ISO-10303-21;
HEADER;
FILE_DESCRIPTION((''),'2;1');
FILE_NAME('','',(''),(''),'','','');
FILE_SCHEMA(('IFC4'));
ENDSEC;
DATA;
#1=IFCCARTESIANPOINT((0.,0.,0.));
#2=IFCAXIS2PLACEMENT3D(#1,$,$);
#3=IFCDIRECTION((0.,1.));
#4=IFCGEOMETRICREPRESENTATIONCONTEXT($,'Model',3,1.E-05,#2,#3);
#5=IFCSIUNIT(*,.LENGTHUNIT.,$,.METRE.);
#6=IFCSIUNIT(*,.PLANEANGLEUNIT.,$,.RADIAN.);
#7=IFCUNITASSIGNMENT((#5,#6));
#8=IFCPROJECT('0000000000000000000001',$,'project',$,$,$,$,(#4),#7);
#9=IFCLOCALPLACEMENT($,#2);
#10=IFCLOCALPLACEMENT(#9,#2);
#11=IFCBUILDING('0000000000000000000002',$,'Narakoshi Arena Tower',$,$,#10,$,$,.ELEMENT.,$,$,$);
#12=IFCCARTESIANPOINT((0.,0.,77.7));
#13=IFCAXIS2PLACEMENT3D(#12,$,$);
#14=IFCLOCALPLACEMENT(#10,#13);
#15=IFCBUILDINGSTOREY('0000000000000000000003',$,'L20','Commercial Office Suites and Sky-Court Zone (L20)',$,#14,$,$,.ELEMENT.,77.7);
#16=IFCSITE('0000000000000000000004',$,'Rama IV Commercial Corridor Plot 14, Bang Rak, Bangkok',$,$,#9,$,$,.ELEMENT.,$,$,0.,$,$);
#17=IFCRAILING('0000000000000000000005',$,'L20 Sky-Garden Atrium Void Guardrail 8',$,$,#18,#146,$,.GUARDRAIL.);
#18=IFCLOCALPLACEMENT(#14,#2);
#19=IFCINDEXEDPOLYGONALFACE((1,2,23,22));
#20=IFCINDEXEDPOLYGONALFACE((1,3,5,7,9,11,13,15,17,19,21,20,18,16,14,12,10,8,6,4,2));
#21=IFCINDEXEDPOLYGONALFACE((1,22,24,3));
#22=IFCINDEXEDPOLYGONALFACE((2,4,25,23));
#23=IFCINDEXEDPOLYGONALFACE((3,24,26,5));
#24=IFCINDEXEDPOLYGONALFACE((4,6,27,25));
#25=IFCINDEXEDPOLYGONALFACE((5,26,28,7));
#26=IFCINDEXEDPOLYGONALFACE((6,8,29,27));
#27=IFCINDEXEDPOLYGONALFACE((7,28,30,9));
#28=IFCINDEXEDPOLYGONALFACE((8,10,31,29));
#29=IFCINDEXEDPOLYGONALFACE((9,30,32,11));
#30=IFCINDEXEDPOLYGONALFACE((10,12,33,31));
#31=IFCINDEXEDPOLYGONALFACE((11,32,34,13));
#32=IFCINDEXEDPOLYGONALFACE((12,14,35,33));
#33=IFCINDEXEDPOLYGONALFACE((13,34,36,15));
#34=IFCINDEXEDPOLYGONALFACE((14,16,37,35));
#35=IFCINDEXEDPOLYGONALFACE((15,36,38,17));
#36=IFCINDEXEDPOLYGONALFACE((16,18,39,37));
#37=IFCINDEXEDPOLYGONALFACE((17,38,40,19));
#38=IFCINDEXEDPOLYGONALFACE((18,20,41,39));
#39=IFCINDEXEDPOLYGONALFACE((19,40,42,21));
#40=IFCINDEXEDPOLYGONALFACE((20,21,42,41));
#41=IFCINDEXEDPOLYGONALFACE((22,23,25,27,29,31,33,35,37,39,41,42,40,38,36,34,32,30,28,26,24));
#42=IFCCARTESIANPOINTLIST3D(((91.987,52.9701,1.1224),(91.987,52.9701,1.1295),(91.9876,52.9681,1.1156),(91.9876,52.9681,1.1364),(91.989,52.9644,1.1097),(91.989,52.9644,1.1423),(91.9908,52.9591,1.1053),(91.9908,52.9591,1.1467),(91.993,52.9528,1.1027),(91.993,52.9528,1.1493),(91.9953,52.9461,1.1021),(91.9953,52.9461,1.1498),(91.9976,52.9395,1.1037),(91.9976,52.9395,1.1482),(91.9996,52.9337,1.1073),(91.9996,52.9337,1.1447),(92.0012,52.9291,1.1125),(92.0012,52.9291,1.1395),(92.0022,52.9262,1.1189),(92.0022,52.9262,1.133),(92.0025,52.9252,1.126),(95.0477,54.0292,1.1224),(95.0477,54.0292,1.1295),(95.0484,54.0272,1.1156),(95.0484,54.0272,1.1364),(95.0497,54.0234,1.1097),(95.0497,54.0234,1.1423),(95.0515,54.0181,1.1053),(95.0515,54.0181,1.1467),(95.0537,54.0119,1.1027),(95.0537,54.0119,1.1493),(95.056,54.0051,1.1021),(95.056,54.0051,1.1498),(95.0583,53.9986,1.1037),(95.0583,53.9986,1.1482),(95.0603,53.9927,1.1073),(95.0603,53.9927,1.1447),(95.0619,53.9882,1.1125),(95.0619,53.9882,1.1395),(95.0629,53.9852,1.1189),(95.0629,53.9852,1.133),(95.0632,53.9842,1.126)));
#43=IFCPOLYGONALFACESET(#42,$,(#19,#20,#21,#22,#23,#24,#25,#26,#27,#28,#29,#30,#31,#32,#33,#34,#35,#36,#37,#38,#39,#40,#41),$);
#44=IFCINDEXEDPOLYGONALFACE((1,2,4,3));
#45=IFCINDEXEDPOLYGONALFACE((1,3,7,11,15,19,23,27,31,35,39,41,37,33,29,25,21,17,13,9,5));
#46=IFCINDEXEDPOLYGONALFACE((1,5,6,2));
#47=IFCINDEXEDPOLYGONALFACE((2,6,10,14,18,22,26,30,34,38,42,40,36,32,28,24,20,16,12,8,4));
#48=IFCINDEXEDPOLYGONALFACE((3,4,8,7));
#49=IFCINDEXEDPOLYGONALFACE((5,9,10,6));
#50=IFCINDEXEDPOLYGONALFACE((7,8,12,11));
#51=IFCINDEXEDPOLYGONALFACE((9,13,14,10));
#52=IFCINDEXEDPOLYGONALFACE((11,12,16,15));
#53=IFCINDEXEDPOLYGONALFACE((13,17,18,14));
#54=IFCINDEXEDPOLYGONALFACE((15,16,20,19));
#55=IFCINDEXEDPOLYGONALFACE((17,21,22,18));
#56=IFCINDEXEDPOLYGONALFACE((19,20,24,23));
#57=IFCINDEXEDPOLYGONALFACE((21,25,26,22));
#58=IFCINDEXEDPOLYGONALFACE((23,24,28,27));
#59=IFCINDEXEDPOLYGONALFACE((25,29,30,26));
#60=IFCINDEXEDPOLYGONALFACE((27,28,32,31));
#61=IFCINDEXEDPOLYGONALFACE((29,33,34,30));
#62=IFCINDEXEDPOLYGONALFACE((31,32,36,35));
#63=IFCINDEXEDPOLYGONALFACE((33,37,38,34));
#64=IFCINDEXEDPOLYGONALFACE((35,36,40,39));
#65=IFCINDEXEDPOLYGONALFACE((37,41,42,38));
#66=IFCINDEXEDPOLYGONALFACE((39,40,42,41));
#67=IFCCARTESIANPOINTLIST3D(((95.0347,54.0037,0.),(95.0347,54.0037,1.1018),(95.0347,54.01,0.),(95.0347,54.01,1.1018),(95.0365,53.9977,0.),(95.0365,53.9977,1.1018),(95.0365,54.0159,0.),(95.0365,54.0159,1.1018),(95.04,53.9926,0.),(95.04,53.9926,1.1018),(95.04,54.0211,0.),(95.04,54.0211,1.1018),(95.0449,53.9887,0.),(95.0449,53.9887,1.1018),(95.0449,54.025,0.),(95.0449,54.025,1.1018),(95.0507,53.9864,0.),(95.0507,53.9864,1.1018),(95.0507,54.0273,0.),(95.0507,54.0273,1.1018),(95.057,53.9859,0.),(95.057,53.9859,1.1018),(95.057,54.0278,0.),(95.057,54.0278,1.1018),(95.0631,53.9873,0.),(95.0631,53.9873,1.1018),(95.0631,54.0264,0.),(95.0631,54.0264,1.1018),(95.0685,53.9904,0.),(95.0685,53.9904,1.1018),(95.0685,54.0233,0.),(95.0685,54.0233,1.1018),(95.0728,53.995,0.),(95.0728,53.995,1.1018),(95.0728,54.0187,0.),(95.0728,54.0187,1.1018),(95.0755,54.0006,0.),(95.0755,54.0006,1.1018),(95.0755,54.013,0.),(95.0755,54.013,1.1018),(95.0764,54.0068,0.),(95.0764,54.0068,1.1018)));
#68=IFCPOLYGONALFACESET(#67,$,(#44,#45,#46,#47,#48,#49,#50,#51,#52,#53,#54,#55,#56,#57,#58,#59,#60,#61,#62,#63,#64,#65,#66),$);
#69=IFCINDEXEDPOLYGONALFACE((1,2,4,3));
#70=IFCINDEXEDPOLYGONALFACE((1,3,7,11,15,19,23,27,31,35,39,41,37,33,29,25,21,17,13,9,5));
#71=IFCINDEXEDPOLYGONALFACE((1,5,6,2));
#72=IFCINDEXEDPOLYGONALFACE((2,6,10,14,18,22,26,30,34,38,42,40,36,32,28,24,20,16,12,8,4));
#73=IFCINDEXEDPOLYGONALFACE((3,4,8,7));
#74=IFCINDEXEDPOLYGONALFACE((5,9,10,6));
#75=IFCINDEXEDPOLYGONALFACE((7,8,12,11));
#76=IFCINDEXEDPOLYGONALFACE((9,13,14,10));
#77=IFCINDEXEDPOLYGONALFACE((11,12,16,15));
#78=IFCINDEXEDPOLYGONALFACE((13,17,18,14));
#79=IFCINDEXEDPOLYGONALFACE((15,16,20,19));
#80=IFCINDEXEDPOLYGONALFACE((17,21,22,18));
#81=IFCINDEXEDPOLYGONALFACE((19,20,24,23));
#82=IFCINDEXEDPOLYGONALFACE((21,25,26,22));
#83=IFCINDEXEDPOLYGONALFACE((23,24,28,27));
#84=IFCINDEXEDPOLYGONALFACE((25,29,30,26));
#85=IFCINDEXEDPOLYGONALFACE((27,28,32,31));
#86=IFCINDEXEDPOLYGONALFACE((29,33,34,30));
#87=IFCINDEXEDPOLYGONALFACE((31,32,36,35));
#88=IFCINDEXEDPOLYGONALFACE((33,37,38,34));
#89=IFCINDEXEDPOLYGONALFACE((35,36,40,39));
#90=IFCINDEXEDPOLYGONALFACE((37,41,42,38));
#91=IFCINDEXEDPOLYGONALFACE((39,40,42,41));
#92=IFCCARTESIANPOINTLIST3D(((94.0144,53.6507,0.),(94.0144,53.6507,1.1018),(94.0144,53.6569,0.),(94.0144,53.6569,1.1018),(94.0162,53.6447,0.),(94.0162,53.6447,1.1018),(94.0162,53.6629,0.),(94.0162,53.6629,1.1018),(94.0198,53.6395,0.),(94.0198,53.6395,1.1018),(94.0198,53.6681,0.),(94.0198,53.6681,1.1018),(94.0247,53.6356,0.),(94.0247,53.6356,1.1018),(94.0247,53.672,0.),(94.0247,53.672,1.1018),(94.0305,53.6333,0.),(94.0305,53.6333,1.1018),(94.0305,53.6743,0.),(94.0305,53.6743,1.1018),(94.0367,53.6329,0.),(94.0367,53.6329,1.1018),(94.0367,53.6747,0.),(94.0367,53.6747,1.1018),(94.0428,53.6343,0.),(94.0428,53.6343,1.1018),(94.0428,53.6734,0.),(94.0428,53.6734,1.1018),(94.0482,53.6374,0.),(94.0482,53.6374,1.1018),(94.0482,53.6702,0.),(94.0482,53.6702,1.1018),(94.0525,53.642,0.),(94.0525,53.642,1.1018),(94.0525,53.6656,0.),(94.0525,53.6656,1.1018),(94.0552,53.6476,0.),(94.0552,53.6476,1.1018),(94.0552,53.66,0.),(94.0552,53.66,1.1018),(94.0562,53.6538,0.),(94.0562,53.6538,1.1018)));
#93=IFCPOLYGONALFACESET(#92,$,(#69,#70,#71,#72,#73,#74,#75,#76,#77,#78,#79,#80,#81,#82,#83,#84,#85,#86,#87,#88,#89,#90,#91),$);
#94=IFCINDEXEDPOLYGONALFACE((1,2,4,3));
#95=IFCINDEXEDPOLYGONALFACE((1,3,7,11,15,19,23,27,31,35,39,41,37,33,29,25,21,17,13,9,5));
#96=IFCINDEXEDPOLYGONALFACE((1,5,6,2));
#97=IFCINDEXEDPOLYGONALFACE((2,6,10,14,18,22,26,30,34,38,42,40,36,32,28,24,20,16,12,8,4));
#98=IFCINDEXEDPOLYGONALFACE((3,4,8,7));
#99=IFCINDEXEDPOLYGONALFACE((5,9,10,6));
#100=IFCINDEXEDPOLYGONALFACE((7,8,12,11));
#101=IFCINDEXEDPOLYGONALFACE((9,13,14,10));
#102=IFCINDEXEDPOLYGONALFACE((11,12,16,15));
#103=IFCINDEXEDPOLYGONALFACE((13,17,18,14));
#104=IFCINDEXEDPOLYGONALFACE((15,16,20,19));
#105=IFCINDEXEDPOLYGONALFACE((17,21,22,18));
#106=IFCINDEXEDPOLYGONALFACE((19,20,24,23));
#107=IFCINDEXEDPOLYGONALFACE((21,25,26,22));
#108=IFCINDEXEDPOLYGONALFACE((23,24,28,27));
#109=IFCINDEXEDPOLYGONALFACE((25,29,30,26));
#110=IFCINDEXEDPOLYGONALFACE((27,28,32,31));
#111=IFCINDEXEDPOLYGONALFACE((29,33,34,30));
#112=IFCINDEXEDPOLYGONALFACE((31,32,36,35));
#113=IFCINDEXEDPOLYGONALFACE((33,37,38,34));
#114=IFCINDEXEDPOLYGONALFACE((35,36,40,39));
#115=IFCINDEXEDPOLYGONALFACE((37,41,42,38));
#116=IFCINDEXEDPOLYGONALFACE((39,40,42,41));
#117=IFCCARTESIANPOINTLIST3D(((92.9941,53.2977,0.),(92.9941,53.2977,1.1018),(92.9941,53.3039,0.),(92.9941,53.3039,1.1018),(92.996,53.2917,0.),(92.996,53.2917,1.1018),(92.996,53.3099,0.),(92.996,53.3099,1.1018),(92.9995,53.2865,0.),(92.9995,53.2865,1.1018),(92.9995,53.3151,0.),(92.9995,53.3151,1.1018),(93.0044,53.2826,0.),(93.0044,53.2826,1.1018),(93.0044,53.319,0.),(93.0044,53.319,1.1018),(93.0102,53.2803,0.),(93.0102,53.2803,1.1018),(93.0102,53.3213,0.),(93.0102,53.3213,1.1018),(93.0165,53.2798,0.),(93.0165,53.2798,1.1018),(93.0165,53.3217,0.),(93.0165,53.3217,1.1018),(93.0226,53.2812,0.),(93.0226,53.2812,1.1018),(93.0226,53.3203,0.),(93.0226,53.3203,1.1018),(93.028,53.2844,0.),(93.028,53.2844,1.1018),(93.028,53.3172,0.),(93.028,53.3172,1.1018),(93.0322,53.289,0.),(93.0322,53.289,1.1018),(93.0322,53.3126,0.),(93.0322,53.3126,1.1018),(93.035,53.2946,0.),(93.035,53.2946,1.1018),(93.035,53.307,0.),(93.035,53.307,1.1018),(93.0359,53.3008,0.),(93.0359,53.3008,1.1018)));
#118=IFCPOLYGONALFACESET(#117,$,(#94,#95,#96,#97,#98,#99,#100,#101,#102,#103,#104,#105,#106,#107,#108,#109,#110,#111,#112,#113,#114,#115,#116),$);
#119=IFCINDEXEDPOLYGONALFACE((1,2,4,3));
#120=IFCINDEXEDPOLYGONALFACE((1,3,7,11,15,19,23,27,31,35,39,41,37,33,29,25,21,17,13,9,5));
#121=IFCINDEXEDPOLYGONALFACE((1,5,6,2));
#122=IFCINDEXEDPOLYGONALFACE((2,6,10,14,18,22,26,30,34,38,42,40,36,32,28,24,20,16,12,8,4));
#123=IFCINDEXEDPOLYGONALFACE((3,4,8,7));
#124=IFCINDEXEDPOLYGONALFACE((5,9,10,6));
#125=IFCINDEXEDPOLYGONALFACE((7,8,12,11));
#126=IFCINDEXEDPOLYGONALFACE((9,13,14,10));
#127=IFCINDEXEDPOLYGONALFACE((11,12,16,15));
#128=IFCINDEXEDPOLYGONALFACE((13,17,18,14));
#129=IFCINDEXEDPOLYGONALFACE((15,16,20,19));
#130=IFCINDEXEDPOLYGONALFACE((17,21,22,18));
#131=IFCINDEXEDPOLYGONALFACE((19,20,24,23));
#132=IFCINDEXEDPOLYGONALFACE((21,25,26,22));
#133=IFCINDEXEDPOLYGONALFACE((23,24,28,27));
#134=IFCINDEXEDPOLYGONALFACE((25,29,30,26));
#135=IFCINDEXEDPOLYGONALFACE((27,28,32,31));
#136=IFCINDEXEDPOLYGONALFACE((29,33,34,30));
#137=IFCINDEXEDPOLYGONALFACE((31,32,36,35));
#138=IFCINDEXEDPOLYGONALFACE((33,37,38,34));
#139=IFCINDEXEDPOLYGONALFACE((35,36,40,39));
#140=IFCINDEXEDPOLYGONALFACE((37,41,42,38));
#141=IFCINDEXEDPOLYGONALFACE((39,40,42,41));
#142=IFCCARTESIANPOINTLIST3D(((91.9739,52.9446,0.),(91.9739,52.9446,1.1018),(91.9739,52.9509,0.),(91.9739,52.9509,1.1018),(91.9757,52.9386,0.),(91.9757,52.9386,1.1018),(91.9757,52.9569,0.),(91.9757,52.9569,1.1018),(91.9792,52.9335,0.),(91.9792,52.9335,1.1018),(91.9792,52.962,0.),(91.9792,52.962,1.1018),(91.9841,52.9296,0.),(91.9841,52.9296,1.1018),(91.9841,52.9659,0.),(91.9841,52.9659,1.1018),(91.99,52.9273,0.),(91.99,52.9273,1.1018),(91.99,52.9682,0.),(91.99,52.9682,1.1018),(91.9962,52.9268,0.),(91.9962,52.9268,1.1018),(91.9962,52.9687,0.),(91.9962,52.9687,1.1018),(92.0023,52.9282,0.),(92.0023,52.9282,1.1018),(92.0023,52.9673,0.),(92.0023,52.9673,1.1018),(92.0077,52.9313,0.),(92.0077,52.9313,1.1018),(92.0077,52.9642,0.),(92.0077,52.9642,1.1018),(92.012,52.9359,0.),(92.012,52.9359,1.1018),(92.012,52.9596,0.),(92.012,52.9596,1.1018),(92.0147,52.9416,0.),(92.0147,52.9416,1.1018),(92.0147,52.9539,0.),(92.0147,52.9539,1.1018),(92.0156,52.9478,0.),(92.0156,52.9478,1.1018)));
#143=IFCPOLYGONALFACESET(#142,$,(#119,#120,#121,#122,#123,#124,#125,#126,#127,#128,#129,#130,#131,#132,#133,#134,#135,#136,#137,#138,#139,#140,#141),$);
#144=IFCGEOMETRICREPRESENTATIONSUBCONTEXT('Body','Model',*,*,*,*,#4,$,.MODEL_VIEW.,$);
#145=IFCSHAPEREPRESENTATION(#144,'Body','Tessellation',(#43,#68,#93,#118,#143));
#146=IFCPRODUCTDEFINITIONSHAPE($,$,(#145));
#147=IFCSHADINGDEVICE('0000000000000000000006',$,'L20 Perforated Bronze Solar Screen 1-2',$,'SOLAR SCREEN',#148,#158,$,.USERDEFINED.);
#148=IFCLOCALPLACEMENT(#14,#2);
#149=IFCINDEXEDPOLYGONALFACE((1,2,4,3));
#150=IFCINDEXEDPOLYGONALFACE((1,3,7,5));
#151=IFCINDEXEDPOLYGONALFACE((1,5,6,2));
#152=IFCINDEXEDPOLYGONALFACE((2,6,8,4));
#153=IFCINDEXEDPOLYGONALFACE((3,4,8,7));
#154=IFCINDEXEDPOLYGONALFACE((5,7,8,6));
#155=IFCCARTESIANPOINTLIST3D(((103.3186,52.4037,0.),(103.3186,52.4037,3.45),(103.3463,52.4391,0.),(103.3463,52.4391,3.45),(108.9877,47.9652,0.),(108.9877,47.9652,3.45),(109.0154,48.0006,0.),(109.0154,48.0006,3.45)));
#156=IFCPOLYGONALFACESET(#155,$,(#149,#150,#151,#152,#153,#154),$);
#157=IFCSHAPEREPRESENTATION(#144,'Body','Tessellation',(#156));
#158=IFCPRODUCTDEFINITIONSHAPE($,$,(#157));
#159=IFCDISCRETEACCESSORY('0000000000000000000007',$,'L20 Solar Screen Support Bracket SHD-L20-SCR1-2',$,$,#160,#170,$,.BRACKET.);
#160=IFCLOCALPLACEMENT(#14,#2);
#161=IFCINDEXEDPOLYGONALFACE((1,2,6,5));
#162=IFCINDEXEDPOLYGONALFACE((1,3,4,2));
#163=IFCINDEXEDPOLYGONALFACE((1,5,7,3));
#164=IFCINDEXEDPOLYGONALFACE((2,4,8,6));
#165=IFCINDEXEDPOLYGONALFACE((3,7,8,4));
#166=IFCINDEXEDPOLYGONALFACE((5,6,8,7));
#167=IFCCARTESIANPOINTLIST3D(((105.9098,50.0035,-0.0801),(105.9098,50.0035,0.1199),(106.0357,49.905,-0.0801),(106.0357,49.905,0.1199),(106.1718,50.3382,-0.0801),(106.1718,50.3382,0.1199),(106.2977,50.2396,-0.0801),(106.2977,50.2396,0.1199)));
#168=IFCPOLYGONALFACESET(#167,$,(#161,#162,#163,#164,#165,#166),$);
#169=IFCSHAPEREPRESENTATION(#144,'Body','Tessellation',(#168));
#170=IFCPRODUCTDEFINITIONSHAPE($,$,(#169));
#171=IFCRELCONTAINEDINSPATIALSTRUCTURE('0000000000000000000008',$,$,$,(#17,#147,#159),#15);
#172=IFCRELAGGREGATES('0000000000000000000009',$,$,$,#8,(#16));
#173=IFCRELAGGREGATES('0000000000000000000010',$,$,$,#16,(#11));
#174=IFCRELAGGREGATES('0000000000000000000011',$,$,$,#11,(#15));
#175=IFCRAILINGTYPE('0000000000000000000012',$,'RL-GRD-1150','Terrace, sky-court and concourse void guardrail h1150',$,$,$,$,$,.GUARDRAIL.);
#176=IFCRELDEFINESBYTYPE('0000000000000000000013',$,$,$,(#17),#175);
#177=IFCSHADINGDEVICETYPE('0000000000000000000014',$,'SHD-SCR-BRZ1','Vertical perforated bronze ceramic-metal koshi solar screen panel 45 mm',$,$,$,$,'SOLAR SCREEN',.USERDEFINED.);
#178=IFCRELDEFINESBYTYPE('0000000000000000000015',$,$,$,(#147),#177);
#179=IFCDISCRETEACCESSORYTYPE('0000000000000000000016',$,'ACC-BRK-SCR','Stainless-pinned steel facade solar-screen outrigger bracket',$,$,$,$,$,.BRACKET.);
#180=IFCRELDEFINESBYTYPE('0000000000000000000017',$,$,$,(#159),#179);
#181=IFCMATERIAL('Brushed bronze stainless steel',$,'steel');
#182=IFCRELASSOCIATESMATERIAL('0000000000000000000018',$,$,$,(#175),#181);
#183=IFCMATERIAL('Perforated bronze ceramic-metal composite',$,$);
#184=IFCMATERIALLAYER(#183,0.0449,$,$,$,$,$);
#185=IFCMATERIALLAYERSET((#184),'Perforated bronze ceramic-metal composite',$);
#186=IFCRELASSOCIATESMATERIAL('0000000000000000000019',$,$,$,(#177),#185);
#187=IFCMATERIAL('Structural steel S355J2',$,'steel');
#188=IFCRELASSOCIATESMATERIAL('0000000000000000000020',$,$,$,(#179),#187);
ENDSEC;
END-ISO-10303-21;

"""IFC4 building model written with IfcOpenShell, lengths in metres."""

from ifc_helpers import new_model, si_unit, direction, frame, origin, origin_2d, place, context, subcontext, project, spatial, rectangle, circle, extrude, material, layer, layer_set, type_object, element, save


model = new_model("IFC4")

# Units and contexts
model_context = context("Model", 3, precision=1e-05, world=origin(), true_north=direction((0.0, 1.0)))
body_context = subcontext(model_context, "Body", "Model", "MODEL_VIEW")
ifc_project = project(units=[si_unit("LENGTHUNIT", "METRE"), si_unit("PLANEANGLEUNIT", "RADIAN")], contexts=[model_context])

# Site, building, storey
site_placement = place(None, origin())
site = spatial("IfcSite", under=ifc_project, at=site_placement, Name="Rama IV Commercial Corridor Plot 14, Bang Rak, Bangkok", CompositionType="ELEMENT", RefElevation=0.0)
building_placement = place(site_placement, origin())
building = spatial("IfcBuilding", under=site, at=building_placement, Name="Narakoshi Arena Tower", CompositionType="ELEMENT")
storey_placement = place(building_placement, frame((0.0, 0.0, 77.7)))
storey = spatial("IfcBuildingStorey", under=building, at=storey_placement, Name="L20", Description="Commercial Office Suites and Sky-Court Zone (L20)", CompositionType="ELEMENT", Elevation=77.7)

# Shared definitions
ifc_material_1 = material(Name="Structural steel S355J2", Category="steel")

# Railing
ifc_material_2 = material(Name="Brushed bronze stainless steel", Category="steel")
railing_type = type_object("IfcRailingType", Name="RL-GRD-1150", Description="Terrace, sky-court and concourse void guardrail h1150", PredefinedType="GUARDRAIL", material=ifc_material_2)
railing_placement = place(storey_placement, frame((95.0554, 54.0068, 0.0)))
element("IfcRailing", 1, at=railing_placement, inside=storey, type_object=railing_type, Name="L20 Sky-Garden Atrium Void Guardrail 8", PredefinedType="GUARDRAIL", context=body_context, shape_type="SweptSolid", body=[
    extrude(circle(Radius=0.0239, at=origin_2d()), frame((0.0, 0.0, 1.126), z_axis=(-0.945026, -0.326994, 0.0), x_axis=(0.326994, -0.945026, 0.0)), (0.0, 0.0, 1.0), 3.2388),
    extrude(circle(Radius=0.021, at=origin_2d()), origin(), (0.0, 0.0, 1.0), 1.1018),
    extrude(circle(Radius=0.021, at=origin_2d()), frame((-1.0203, -0.353, 0.0)), (0.0, 0.0, 1.0), 1.1018),
    extrude(circle(Radius=0.021, at=origin_2d()), frame((-2.0405, -0.7061, 0.0)), (0.0, 0.0, 1.0), 1.1018),
    extrude(circle(Radius=0.021, at=origin_2d()), frame((-3.0608, -1.0591, 0.0)), (0.0, 0.0, 1.0), 1.1018),
])

# Shading device
ifc_material_3 = material(Name="Perforated bronze ceramic-metal composite")
ifc_layer_1 = layer(ifc_material_3, 0.0449)
ifc_layer_set_1 = layer_set([ifc_layer_1], Name="Perforated bronze ceramic-metal composite")
shading_device_type = type_object("IfcShadingDeviceType", Name="SHD-SCR-BRZ1", Description="Vertical perforated bronze ceramic-metal koshi solar screen panel 45 mm", ElementType="SOLAR SCREEN", PredefinedType="USERDEFINED", material=ifc_layer_set_1)
shading_device_placement = place(storey_placement, frame((106.167, 50.2021, 0.0), z_axis=(0.0, 0.0, 1.0), x_axis=(-0.787387, 0.616459, 0.0)))
element("IfcShadingDevice", 2, at=shading_device_placement, inside=storey, type_object=shading_device_type, Name="L20 Perforated Bronze Solar Screen 1-2", ObjectType="SOLAR SCREEN", PredefinedType="USERDEFINED", context=body_context, shape_type="SweptSolid", body=[
    extrude(rectangle(XDim=7.2, YDim=0.0449, at=origin_2d()), origin(), (0.0, 0.0, 1.0), 3.45),
])

# Discrete accessory
discrete_accessory_type = type_object("IfcDiscreteAccessoryType", Name="ACC-BRK-SCR", Description="Stainless-pinned steel facade solar-screen outrigger bracket", PredefinedType="BRACKET", material=ifc_material_1)
discrete_accessory_placement = place(storey_placement, frame((106.1038, 50.1216, -0.0801), z_axis=(0.0, 0.0, 1.0), x_axis=(-0.787387, 0.616459, 0.0)))
element("IfcDiscreteAccessory", 3, at=discrete_accessory_placement, inside=storey, type_object=discrete_accessory_type, Name="L20 Solar Screen Support Bracket SHD-L20-SCR1-2", PredefinedType="BRACKET", context=body_context, shape_type="SweptSolid", body=[
    extrude(rectangle(XDim=0.1599, YDim=0.425, at=origin_2d()), origin(), (0.0, 0.0, 1.0), 0.2),
])

save(model, "model.ifc")
